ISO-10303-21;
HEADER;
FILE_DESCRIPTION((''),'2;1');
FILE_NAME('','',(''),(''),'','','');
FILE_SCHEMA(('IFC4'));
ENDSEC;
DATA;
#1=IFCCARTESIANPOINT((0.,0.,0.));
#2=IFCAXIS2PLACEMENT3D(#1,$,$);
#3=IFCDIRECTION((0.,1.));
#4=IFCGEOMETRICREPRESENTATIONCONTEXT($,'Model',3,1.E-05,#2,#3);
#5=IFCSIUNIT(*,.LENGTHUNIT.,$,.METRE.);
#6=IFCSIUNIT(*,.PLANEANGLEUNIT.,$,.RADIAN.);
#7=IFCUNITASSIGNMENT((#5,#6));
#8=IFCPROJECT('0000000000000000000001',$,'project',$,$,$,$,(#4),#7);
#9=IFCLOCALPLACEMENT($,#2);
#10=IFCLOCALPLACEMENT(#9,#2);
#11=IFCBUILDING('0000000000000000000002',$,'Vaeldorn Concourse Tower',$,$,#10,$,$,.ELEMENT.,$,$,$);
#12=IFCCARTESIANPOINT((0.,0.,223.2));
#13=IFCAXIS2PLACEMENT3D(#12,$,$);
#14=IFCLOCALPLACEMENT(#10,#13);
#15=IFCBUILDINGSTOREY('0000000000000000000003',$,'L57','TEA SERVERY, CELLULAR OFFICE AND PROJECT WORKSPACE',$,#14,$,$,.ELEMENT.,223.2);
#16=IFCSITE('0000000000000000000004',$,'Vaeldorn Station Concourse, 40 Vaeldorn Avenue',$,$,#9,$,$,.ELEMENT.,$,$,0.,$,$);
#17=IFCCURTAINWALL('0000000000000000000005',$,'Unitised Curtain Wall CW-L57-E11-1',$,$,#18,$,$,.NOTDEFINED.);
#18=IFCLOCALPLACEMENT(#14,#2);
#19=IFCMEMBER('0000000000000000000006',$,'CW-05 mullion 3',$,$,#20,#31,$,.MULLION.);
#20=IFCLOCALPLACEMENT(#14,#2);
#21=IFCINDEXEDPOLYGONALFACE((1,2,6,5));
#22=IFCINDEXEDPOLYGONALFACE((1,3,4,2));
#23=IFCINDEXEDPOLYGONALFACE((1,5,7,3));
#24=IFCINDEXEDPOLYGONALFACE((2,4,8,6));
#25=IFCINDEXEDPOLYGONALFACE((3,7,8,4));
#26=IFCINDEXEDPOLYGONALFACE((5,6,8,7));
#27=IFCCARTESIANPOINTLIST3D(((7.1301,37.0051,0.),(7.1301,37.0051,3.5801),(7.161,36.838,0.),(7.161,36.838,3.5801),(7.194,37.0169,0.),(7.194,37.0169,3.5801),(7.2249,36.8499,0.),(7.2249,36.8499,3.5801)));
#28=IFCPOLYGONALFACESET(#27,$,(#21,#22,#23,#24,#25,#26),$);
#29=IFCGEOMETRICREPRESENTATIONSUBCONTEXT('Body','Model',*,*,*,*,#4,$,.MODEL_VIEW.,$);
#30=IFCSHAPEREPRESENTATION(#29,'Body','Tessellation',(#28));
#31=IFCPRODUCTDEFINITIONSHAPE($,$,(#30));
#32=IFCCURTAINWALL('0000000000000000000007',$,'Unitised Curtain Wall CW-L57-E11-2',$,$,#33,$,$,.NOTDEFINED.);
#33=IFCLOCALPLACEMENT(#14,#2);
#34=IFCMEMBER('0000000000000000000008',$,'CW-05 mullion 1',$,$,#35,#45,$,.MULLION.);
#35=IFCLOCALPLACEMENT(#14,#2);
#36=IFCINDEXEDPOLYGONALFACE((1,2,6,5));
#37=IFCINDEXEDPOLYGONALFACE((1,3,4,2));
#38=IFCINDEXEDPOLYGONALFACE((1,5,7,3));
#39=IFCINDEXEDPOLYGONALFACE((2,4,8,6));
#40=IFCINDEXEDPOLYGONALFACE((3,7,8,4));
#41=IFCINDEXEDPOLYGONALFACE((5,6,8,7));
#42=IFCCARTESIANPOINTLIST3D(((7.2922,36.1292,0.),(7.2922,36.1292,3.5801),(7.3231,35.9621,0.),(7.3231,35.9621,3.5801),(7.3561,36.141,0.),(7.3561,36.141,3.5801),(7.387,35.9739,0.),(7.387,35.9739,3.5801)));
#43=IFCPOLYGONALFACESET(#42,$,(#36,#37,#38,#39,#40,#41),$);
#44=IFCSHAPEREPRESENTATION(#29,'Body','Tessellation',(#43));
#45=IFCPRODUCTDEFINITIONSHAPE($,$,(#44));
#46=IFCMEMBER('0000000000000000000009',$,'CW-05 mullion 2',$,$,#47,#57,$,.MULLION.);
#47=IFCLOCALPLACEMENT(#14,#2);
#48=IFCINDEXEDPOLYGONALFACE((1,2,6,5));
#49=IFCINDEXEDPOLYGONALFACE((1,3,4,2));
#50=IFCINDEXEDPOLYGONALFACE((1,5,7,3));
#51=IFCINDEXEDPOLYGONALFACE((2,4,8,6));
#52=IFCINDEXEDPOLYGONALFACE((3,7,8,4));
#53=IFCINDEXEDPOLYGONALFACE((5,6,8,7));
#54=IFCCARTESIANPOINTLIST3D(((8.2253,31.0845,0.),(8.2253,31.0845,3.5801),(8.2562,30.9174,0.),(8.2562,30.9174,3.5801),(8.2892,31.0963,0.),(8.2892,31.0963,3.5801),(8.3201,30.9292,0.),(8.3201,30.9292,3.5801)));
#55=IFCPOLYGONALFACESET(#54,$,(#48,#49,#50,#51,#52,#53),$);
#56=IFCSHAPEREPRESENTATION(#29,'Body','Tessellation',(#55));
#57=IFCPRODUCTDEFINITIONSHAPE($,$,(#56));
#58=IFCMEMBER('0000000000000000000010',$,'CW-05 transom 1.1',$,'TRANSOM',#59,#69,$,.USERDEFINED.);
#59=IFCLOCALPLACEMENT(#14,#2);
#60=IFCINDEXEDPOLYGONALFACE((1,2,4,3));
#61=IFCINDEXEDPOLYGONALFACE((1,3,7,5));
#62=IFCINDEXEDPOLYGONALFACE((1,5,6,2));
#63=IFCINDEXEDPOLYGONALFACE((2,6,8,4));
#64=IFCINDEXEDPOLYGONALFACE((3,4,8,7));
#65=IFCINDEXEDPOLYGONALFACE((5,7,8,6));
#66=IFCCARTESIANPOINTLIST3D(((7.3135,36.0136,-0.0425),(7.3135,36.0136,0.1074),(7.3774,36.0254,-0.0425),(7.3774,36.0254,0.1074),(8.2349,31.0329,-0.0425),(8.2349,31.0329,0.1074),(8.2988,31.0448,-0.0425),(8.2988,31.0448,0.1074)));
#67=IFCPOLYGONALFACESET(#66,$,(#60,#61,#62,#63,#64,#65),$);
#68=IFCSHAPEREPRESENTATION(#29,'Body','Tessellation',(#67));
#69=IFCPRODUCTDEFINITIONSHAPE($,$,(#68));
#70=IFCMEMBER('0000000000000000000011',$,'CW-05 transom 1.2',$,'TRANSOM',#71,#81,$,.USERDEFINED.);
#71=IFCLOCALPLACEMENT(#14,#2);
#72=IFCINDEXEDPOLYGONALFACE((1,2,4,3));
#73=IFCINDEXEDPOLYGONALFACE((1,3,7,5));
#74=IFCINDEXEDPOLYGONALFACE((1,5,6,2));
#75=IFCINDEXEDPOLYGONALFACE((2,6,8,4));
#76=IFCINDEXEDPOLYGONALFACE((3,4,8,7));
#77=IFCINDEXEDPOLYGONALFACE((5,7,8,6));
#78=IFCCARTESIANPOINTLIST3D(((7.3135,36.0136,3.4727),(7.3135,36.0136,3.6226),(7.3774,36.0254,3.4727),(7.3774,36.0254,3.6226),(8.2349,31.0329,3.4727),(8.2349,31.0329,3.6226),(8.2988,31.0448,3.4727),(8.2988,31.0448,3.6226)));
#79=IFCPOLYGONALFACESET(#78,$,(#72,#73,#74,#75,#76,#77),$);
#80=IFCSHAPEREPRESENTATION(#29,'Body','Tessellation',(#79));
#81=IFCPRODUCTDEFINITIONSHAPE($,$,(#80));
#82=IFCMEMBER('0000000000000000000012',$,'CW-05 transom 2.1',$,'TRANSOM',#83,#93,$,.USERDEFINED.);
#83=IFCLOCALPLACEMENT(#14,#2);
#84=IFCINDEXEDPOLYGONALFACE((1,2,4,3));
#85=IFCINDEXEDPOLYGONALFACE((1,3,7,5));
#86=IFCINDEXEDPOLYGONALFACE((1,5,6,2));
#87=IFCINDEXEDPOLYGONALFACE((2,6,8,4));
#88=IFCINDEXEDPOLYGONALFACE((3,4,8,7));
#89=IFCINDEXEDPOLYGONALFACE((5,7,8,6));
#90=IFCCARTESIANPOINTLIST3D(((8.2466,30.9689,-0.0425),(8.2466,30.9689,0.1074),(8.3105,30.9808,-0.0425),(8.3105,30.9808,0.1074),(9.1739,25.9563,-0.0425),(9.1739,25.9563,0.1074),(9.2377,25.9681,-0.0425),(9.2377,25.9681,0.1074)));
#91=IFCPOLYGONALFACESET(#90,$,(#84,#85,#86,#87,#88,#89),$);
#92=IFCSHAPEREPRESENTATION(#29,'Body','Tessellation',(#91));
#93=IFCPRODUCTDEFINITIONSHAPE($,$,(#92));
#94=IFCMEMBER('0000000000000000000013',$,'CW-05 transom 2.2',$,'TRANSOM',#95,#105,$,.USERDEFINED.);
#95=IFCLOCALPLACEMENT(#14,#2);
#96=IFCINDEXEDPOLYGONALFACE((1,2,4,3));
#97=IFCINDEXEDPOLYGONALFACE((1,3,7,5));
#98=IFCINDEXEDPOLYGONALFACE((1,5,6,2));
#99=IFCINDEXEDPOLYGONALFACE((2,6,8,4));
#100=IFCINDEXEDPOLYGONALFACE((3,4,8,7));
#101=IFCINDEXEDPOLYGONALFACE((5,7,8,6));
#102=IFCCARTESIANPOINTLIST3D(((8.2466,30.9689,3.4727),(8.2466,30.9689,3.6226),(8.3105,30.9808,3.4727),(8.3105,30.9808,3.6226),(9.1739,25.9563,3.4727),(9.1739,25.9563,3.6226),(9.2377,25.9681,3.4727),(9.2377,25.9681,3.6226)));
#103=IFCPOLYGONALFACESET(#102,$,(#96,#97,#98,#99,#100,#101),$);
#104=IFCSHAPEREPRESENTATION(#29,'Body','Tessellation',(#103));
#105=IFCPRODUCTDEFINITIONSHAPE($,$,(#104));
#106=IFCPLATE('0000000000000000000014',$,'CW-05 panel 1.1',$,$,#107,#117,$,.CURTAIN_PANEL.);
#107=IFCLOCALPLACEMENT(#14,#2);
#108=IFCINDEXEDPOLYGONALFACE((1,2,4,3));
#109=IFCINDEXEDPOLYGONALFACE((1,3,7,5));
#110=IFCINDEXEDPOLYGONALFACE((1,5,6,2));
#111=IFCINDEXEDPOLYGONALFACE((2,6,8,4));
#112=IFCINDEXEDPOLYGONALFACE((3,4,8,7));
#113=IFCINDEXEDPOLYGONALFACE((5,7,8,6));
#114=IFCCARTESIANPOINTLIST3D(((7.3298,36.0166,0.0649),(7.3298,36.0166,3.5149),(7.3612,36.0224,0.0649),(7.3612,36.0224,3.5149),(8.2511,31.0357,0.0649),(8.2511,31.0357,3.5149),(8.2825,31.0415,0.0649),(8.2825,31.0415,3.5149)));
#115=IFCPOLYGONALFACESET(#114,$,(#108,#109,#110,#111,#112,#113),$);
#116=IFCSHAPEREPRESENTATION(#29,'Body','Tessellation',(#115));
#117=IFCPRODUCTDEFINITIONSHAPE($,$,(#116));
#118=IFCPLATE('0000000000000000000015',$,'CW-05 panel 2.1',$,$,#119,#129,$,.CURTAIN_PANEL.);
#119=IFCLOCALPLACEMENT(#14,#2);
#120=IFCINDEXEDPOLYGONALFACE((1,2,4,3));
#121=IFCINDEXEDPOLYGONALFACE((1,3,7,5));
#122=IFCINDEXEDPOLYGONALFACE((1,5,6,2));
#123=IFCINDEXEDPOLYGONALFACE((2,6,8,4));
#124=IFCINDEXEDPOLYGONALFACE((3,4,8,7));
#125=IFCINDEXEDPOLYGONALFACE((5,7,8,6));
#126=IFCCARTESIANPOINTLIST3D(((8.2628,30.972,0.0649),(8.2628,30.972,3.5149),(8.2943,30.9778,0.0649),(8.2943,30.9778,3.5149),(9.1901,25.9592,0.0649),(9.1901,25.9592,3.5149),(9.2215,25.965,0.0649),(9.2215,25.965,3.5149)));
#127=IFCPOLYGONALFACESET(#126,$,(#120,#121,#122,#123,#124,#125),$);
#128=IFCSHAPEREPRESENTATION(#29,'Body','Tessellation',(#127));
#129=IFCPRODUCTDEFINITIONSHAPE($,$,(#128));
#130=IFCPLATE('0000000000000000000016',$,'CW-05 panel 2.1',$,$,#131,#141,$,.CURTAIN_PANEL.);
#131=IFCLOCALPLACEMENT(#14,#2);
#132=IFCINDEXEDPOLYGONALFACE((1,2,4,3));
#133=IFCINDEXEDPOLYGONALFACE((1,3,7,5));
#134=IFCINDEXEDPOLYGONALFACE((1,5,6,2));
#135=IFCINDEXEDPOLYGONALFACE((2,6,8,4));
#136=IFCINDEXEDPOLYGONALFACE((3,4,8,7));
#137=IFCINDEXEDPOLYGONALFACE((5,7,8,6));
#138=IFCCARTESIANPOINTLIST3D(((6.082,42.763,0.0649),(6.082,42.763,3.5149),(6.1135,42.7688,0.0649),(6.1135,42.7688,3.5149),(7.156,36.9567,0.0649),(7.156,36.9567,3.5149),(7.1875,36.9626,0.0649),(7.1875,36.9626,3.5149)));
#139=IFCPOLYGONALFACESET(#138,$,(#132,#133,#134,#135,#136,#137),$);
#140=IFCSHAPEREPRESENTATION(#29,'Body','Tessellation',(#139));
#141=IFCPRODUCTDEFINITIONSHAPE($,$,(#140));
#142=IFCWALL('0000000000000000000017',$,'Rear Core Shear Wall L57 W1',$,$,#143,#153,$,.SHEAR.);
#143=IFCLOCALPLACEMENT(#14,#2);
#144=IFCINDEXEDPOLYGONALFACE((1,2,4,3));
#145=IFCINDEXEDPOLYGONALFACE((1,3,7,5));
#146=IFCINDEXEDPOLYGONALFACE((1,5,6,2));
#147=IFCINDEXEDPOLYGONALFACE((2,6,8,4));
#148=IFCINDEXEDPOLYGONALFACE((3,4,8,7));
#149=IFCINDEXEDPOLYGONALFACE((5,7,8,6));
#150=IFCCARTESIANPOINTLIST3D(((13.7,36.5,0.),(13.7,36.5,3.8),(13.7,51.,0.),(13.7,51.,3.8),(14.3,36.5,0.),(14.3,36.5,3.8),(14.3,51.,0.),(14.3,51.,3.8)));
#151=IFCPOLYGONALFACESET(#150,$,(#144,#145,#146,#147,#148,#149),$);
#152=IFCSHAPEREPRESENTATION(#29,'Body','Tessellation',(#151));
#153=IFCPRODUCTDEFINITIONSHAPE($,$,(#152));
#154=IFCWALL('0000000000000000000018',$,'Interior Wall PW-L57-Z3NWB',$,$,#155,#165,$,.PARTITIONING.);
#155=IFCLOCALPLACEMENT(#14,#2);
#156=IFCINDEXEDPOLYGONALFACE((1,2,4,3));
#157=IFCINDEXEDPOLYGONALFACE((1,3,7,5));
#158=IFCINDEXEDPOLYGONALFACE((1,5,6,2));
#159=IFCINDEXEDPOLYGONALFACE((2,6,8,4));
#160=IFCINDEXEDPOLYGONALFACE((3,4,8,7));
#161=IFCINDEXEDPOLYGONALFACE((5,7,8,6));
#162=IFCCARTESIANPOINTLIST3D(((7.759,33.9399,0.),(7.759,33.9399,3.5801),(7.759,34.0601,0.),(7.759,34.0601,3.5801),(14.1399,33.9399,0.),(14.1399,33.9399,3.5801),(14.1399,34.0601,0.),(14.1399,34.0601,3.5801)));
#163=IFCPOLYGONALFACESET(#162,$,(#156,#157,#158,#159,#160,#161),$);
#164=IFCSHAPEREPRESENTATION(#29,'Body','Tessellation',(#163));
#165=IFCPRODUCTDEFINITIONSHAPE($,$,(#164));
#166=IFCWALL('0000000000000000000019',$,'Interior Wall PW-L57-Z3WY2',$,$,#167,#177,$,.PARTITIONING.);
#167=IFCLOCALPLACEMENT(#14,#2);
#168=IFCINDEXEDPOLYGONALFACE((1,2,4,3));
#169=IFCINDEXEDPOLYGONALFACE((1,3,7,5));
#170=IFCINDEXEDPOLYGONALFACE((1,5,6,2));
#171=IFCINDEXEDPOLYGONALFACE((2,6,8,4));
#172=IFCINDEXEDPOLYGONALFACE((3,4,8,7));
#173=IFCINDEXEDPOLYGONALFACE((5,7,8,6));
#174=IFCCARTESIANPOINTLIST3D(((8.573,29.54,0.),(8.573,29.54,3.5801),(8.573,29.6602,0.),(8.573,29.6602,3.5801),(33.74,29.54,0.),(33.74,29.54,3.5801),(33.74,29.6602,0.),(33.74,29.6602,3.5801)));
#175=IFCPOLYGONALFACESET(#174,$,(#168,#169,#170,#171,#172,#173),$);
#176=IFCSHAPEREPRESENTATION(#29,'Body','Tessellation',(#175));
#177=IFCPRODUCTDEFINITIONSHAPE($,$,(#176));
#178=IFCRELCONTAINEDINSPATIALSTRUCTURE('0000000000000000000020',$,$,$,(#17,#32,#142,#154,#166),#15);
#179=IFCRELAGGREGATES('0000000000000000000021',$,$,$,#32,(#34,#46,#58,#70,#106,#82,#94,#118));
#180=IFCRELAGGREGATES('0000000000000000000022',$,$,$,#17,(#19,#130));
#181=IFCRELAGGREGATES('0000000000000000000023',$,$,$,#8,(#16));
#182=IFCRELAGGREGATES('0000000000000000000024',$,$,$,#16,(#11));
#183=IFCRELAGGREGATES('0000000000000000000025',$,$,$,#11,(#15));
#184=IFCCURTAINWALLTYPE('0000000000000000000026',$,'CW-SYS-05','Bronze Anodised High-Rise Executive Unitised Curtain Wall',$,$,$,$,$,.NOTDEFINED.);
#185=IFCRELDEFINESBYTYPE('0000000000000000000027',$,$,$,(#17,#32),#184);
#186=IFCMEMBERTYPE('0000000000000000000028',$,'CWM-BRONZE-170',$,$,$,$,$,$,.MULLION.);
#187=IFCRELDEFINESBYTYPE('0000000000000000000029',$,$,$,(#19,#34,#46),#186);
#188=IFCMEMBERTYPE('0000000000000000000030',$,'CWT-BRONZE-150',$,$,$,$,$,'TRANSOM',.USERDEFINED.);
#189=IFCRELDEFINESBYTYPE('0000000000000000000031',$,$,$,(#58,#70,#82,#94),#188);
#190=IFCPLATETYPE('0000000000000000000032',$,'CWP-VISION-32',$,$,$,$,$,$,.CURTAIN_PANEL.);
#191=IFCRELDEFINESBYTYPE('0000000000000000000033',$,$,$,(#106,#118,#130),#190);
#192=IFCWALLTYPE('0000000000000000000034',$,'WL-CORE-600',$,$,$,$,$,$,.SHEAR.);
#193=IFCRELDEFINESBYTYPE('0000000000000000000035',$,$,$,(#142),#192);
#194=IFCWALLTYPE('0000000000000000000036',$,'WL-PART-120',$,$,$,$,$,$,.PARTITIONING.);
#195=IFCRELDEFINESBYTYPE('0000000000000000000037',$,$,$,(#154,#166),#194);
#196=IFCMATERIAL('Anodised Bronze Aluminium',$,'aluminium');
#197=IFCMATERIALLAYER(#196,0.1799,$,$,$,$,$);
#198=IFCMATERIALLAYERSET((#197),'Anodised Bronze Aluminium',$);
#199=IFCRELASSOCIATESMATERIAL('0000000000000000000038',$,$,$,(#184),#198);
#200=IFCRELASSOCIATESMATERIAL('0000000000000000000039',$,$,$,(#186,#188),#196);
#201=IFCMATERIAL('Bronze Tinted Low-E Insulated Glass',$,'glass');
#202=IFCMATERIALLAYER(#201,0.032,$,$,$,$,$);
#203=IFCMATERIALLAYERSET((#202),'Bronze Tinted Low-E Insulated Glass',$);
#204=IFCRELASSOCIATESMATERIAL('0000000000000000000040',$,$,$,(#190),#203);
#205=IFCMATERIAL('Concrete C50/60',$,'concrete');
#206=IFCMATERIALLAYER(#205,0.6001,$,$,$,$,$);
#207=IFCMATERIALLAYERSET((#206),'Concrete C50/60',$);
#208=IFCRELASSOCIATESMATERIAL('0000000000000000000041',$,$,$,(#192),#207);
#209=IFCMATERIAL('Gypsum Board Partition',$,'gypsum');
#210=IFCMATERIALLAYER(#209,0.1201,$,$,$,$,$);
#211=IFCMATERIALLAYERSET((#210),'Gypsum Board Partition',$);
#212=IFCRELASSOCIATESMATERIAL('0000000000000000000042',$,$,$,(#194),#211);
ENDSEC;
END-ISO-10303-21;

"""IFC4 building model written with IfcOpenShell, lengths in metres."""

from ifc_helpers import new_model, si_unit, direction, frame, frame_2d, origin, origin_2d, place, context, subcontext, project, spatial, rectangle, extrude, source, transform, mapped, material, layer, layer_set, material_profile, profile_set, type_object, element, aggregate, save


model = new_model("IFC4")

# Units and contexts
model_context = context("Model", 3, precision=1e-05, world=origin(), true_north=direction((0.0, 1.0)))
body_context = subcontext(model_context, "Body", "Model", "MODEL_VIEW")
ifc_project = project(units=[si_unit("LENGTHUNIT", "METRE"), si_unit("PLANEANGLEUNIT", "RADIAN")], contexts=[model_context])

# Site, building, storey
site_placement = place(None, origin())
site = spatial("IfcSite", under=ifc_project, at=site_placement, Name="Vaeldorn Station Concourse, 40 Vaeldorn Avenue", CompositionType="ELEMENT", RefElevation=0.0)
building_placement = place(site_placement, origin())
building = spatial("IfcBuilding", under=site, at=building_placement, Name="Vaeldorn Concourse Tower", CompositionType="ELEMENT")
storey_placement = place(building_placement, frame((0.0, 0.0, 223.2)))
storey = spatial("IfcBuildingStorey", under=building, at=storey_placement, Name="L57", Description="TEA SERVERY, CELLULAR OFFICE AND PROJECT WORKSPACE", CompositionType="ELEMENT", Elevation=223.2)

# Shared definitions
ifc_material_1 = material(Name="Concrete C50/60", Category="concrete")

# Curtain wall, member
ifc_material_2 = material(Name="Anodised Bronze Aluminium", Category="aluminium")
ifc_layer_1 = layer(ifc_material_2, 0.1799)
ifc_layer_set_1 = layer_set([ifc_layer_1], Name="Anodised Bronze Aluminium")
curtain_wall_type = type_object("IfcCurtainWallType", Name="CW-SYS-05", Description="Bronze Anodised High-Rise Executive Unitised Curtain Wall", PredefinedType="NOTDEFINED", material=ifc_layer_set_1)
curtain_wall_1_placement = place(storey_placement, origin())
curtain_wall_1 = element("IfcCurtainWall", 1, at=curtain_wall_1_placement, inside=storey, type_object=curtain_wall_type, Name="Unitised Curtain Wall CW-L57-E11-1", PredefinedType="NOTDEFINED")
ifc_material_profile_1 = material_profile(ifc_material_2, rectangle(XDim=0.0649, YDim=0.1699, at=origin_2d()), Name="CWM 65x170")
ifc_profile_set_1 = profile_set([ifc_material_profile_1], Name="Anodised Bronze Aluminium")
member_type_1 = type_object("IfcMemberType", Name="CWM-BRONZE-170", PredefinedType="MULLION", material=ifc_profile_set_1)
shared_shape_1 = source(origin(), body_context, "Body", "SweptSolid", [
    extrude(rectangle(XDim=0.0649, YDim=0.1699, at=origin_2d()), origin(), (0.0, 0.0, 1.0), 3.5801),
])
member_1_placement = place(storey_placement, frame((7.1775, 36.9275, 0.0), z_axis=(0.0, 0.0, 1.0), x_axis=(0.983319, 0.181888, 0.0)))
member_1 = element("IfcMember", 2, at=member_1_placement, type_object=member_type_1, Name="CW-05 mullion 3", PredefinedType="MULLION", context=body_context, shape_type="MappedRepresentation", body=[
    mapped(shared_shape_1, transform((0.0, 0.0, 0.0), scale=1.0)),
])

# Curtain wall, members, plates
curtain_wall_2_placement = place(storey_placement, origin())
curtain_wall_2 = element("IfcCurtainWall", 3, at=curtain_wall_2_placement, inside=storey, type_object=curtain_wall_type, Name="Unitised Curtain Wall CW-L57-E11-2", PredefinedType="NOTDEFINED")
member_2_placement = place(storey_placement, frame((7.3396, 36.0515, 0.0), z_axis=(0.0, 0.0, 1.0), x_axis=(0.983319, 0.181889, 0.0)))
member_2 = element("IfcMember", 4, at=member_2_placement, type_object=member_type_1, Name="CW-05 mullion 1", PredefinedType="MULLION", context=body_context, shape_type="MappedRepresentation", body=[
    mapped(shared_shape_1, transform((0.0, 0.0, 0.0), scale=1.0)),
])
member_3_placement = place(storey_placement, frame((8.2727, 31.0068, 0.0), z_axis=(0.0, 0.0, 1.0), x_axis=(0.983319, 0.181889, 0.0)))
member_3 = element("IfcMember", 5, at=member_3_placement, type_object=member_type_1, Name="CW-05 mullion 2", PredefinedType="MULLION", context=body_context, shape_type="MappedRepresentation", body=[
    mapped(shared_shape_1, transform((0.0, 0.0, 0.0), scale=1.0)),
])
ifc_material_profile_2 = material_profile(ifc_material_2, rectangle(XDim=0.0649, YDim=0.1499, at=origin_2d()), Name="CWT 65x150")
ifc_profile_set_2 = profile_set([ifc_material_profile_2], Name="Anodised Bronze Aluminium")
member_type_2 = type_object("IfcMemberType", Name="CWT-BRONZE-150", ElementType="TRANSOM", PredefinedType="USERDEFINED", material=ifc_profile_set_2)
shared_shape_2 = source(origin(), body_context, "Body", "SweptSolid", [
    extrude(rectangle(XDim=0.0649, YDim=0.1499, at=origin_2d()), origin(), (0.0, 0.0, 1.0), 5.0652),
])
member_4_placement = place(storey_placement, frame((7.3455, 36.0195, 0.0325), z_axis=(0.181905, -0.983316, 0.0), x_axis=(0.983316, 0.181905, 0.0)))
member_4 = element("IfcMember", 6, at=member_4_placement, type_object=member_type_2, Name="CW-05 transom 1.1", ObjectType="TRANSOM", PredefinedType="USERDEFINED", context=body_context, shape_type="MappedRepresentation", body=[
    mapped(shared_shape_2, transform((0.0, 0.0, 0.0), scale=1.0)),
])
member_5_placement = place(storey_placement, frame((7.3455, 36.0195, 3.5476), z_axis=(0.181905, -0.983316, 0.0), x_axis=(0.983316, 0.181905, 0.0)))
member_5 = element("IfcMember", 7, at=member_5_placement, type_object=member_type_2, Name="CW-05 transom 1.2", ObjectType="TRANSOM", PredefinedType="USERDEFINED", context=body_context, shape_type="MappedRepresentation", body=[
    mapped(shared_shape_2, transform((0.0, 0.0, 0.0), scale=1.0)),
])
shared_shape_3 = source(origin(), body_context, "Body", "SweptSolid", [
    extrude(rectangle(XDim=0.0649, YDim=0.1499, at=origin_2d()), origin(), (0.0, 0.0, 1.0), 5.0977),
])
member_6_placement = place(storey_placement, frame((8.2786, 30.9749, 0.0325), z_axis=(0.181894, -0.983318, 0.0), x_axis=(0.983318, 0.181894, 0.0)))
member_6 = element("IfcMember", 8, at=member_6_placement, type_object=member_type_2, Name="CW-05 transom 2.1", ObjectType="TRANSOM", PredefinedType="USERDEFINED", context=body_context, shape_type="MappedRepresentation", body=[
    mapped(shared_shape_3, transform((0.0, 0.0, 0.0), scale=1.0)),
])
member_7_placement = place(storey_placement, frame((8.2786, 30.9749, 3.5476), z_axis=(0.181894, -0.983318, 0.0), x_axis=(0.983318, 0.181894, 0.0)))
member_7 = element("IfcMember", 9, at=member_7_placement, type_object=member_type_2, Name="CW-05 transom 2.2", ObjectType="TRANSOM", PredefinedType="USERDEFINED", context=body_context, shape_type="MappedRepresentation", body=[
    mapped(shared_shape_3, transform((0.0, 0.0, 0.0), scale=1.0)),
])
ifc_material_3 = material(Name="Bronze Tinted Low-E Insulated Glass", Category="glass")
ifc_layer_2 = layer(ifc_material_3, 0.032)
ifc_layer_set_2 = layer_set([ifc_layer_2], Name="Bronze Tinted Low-E Insulated Glass")
plate_type = type_object("IfcPlateType", Name="CWP-VISION-32", PredefinedType="CURTAIN_PANEL", material=ifc_layer_set_2)
shared_shape_4 = source(origin(), body_context, "Body", "SweptSolid", [
    extrude(rectangle(XDim=5.0654, YDim=0.032, at=origin_2d()), origin(), (0.0, 0.0, 1.0), 3.45),
])
plate_1_placement = place(storey_placement, frame((7.8062, 33.5291, 0.0649), z_axis=(0.0, 0.0, 1.0), x_axis=(0.181889, -0.983319, 0.0)))
plate_1 = element("IfcPlate", 10, at=plate_1_placement, type_object=plate_type, Name="CW-05 panel 1.1", PredefinedType="CURTAIN_PANEL", context=body_context, shape_type="MappedRepresentation", body=[
    mapped(shared_shape_4, transform((0.0, 0.0, 0.0), scale=1.0)),
])
shared_shape_5 = source(origin(), body_context, "Body", "SweptSolid", [
    extrude(rectangle(XDim=5.0979, YDim=0.032, at=origin_2d()), origin(), (0.0, 0.0, 1.0), 3.45),
])
plate_2_placement = place(storey_placement, frame((8.7422, 28.4685, 0.0649), z_axis=(0.0, 0.0, 1.0), x_axis=(0.181889, -0.983319, 0.0)))
plate_2 = element("IfcPlate", 11, at=plate_2_placement, type_object=plate_type, Name="CW-05 panel 2.1", PredefinedType="CURTAIN_PANEL", context=body_context, shape_type="MappedRepresentation", body=[
    mapped(shared_shape_5, transform((0.0, 0.0, 0.0), scale=1.0)),
])
aggregate(curtain_wall_2, [member_2, member_3, member_4, member_5, plate_1, member_6, member_7, plate_2])

# Plate
shared_shape_6 = source(origin(), body_context, "Body", "SweptSolid", [
    extrude(rectangle(XDim=5.9048, YDim=0.032, at=origin_2d()), origin(), (0.0, 0.0, 1.0), 3.45),
])
plate_3_placement = place(storey_placement, frame((6.6348, 39.8628, 0.0649), z_axis=(0.0, 0.0, 1.0), x_axis=(0.181888, -0.983319, 0.0)))
plate_3 = element("IfcPlate", 12, at=plate_3_placement, type_object=plate_type, Name="CW-05 panel 2.1", PredefinedType="CURTAIN_PANEL", context=body_context, shape_type="MappedRepresentation", body=[
    mapped(shared_shape_6, transform((0.0, 0.0, 0.0), scale=1.0)),
])
aggregate(curtain_wall_1, [member_1, plate_3])

# Walls
ifc_layer_3 = layer(ifc_material_1, 0.6001)
ifc_layer_set_3 = layer_set([ifc_layer_3], Name="Concrete C50/60")
wall_type_1 = type_object("IfcWallType", Name="WL-CORE-600", PredefinedType="SHEAR", material=ifc_layer_set_3)
wall_1_placement = place(storey_placement, frame((14.0, 36.5, 0.0), z_axis=(0.0, 0.0, 1.0), x_axis=(0.0, 1.0, 0.0)))
element("IfcWall", 13, at=wall_1_placement, inside=storey, type_object=wall_type_1, Name="Rear Core Shear Wall L57 W1", PredefinedType="SHEAR", context=body_context, shape_type="SweptSolid", body=[
    extrude(rectangle(XDim=14.5, YDim=0.6001, at=frame_2d((7.25, 0.0))), origin(), (0.0, 0.0, 1.0), 3.8),
])
ifc_material_4 = material(Name="Gypsum Board Partition", Category="gypsum")
ifc_layer_4 = layer(ifc_material_4, 0.1201)
ifc_layer_set_4 = layer_set([ifc_layer_4], Name="Gypsum Board Partition")
wall_type_2 = type_object("IfcWallType", Name="WL-PART-120", PredefinedType="PARTITIONING", material=ifc_layer_set_4)
wall_2_placement = place(storey_placement, frame((7.759, 34.0, 0.0), z_axis=(0.0, 0.0, 1.0), x_axis=(1.0, 0.0, 0.0)))
element("IfcWall", 14, at=wall_2_placement, inside=storey, type_object=wall_type_2, Name="Interior Wall PW-L57-Z3NWB", PredefinedType="PARTITIONING", context=body_context, shape_type="SweptSolid", body=[
    extrude(rectangle(XDim=6.3809, YDim=0.1201, at=frame_2d((3.1904, 0.0))), origin(), (0.0, 0.0, 1.0), 3.5801),
])
wall_3_placement = place(storey_placement, frame((8.573, 29.6001, 0.0), z_axis=(0.0, 0.0, 1.0), x_axis=(1.0, 0.0, 0.0)))
element("IfcWall", 15, at=wall_3_placement, inside=storey, type_object=wall_type_2, Name="Interior Wall PW-L57-Z3WY2", PredefinedType="PARTITIONING", context=body_context, shape_type="SweptSolid", body=[
    extrude(rectangle(XDim=25.167, YDim=0.1201, at=frame_2d((12.5835, 0.0))), origin(), (0.0, 0.0, 1.0), 3.5801),
])

save(model, "model.ifc")
